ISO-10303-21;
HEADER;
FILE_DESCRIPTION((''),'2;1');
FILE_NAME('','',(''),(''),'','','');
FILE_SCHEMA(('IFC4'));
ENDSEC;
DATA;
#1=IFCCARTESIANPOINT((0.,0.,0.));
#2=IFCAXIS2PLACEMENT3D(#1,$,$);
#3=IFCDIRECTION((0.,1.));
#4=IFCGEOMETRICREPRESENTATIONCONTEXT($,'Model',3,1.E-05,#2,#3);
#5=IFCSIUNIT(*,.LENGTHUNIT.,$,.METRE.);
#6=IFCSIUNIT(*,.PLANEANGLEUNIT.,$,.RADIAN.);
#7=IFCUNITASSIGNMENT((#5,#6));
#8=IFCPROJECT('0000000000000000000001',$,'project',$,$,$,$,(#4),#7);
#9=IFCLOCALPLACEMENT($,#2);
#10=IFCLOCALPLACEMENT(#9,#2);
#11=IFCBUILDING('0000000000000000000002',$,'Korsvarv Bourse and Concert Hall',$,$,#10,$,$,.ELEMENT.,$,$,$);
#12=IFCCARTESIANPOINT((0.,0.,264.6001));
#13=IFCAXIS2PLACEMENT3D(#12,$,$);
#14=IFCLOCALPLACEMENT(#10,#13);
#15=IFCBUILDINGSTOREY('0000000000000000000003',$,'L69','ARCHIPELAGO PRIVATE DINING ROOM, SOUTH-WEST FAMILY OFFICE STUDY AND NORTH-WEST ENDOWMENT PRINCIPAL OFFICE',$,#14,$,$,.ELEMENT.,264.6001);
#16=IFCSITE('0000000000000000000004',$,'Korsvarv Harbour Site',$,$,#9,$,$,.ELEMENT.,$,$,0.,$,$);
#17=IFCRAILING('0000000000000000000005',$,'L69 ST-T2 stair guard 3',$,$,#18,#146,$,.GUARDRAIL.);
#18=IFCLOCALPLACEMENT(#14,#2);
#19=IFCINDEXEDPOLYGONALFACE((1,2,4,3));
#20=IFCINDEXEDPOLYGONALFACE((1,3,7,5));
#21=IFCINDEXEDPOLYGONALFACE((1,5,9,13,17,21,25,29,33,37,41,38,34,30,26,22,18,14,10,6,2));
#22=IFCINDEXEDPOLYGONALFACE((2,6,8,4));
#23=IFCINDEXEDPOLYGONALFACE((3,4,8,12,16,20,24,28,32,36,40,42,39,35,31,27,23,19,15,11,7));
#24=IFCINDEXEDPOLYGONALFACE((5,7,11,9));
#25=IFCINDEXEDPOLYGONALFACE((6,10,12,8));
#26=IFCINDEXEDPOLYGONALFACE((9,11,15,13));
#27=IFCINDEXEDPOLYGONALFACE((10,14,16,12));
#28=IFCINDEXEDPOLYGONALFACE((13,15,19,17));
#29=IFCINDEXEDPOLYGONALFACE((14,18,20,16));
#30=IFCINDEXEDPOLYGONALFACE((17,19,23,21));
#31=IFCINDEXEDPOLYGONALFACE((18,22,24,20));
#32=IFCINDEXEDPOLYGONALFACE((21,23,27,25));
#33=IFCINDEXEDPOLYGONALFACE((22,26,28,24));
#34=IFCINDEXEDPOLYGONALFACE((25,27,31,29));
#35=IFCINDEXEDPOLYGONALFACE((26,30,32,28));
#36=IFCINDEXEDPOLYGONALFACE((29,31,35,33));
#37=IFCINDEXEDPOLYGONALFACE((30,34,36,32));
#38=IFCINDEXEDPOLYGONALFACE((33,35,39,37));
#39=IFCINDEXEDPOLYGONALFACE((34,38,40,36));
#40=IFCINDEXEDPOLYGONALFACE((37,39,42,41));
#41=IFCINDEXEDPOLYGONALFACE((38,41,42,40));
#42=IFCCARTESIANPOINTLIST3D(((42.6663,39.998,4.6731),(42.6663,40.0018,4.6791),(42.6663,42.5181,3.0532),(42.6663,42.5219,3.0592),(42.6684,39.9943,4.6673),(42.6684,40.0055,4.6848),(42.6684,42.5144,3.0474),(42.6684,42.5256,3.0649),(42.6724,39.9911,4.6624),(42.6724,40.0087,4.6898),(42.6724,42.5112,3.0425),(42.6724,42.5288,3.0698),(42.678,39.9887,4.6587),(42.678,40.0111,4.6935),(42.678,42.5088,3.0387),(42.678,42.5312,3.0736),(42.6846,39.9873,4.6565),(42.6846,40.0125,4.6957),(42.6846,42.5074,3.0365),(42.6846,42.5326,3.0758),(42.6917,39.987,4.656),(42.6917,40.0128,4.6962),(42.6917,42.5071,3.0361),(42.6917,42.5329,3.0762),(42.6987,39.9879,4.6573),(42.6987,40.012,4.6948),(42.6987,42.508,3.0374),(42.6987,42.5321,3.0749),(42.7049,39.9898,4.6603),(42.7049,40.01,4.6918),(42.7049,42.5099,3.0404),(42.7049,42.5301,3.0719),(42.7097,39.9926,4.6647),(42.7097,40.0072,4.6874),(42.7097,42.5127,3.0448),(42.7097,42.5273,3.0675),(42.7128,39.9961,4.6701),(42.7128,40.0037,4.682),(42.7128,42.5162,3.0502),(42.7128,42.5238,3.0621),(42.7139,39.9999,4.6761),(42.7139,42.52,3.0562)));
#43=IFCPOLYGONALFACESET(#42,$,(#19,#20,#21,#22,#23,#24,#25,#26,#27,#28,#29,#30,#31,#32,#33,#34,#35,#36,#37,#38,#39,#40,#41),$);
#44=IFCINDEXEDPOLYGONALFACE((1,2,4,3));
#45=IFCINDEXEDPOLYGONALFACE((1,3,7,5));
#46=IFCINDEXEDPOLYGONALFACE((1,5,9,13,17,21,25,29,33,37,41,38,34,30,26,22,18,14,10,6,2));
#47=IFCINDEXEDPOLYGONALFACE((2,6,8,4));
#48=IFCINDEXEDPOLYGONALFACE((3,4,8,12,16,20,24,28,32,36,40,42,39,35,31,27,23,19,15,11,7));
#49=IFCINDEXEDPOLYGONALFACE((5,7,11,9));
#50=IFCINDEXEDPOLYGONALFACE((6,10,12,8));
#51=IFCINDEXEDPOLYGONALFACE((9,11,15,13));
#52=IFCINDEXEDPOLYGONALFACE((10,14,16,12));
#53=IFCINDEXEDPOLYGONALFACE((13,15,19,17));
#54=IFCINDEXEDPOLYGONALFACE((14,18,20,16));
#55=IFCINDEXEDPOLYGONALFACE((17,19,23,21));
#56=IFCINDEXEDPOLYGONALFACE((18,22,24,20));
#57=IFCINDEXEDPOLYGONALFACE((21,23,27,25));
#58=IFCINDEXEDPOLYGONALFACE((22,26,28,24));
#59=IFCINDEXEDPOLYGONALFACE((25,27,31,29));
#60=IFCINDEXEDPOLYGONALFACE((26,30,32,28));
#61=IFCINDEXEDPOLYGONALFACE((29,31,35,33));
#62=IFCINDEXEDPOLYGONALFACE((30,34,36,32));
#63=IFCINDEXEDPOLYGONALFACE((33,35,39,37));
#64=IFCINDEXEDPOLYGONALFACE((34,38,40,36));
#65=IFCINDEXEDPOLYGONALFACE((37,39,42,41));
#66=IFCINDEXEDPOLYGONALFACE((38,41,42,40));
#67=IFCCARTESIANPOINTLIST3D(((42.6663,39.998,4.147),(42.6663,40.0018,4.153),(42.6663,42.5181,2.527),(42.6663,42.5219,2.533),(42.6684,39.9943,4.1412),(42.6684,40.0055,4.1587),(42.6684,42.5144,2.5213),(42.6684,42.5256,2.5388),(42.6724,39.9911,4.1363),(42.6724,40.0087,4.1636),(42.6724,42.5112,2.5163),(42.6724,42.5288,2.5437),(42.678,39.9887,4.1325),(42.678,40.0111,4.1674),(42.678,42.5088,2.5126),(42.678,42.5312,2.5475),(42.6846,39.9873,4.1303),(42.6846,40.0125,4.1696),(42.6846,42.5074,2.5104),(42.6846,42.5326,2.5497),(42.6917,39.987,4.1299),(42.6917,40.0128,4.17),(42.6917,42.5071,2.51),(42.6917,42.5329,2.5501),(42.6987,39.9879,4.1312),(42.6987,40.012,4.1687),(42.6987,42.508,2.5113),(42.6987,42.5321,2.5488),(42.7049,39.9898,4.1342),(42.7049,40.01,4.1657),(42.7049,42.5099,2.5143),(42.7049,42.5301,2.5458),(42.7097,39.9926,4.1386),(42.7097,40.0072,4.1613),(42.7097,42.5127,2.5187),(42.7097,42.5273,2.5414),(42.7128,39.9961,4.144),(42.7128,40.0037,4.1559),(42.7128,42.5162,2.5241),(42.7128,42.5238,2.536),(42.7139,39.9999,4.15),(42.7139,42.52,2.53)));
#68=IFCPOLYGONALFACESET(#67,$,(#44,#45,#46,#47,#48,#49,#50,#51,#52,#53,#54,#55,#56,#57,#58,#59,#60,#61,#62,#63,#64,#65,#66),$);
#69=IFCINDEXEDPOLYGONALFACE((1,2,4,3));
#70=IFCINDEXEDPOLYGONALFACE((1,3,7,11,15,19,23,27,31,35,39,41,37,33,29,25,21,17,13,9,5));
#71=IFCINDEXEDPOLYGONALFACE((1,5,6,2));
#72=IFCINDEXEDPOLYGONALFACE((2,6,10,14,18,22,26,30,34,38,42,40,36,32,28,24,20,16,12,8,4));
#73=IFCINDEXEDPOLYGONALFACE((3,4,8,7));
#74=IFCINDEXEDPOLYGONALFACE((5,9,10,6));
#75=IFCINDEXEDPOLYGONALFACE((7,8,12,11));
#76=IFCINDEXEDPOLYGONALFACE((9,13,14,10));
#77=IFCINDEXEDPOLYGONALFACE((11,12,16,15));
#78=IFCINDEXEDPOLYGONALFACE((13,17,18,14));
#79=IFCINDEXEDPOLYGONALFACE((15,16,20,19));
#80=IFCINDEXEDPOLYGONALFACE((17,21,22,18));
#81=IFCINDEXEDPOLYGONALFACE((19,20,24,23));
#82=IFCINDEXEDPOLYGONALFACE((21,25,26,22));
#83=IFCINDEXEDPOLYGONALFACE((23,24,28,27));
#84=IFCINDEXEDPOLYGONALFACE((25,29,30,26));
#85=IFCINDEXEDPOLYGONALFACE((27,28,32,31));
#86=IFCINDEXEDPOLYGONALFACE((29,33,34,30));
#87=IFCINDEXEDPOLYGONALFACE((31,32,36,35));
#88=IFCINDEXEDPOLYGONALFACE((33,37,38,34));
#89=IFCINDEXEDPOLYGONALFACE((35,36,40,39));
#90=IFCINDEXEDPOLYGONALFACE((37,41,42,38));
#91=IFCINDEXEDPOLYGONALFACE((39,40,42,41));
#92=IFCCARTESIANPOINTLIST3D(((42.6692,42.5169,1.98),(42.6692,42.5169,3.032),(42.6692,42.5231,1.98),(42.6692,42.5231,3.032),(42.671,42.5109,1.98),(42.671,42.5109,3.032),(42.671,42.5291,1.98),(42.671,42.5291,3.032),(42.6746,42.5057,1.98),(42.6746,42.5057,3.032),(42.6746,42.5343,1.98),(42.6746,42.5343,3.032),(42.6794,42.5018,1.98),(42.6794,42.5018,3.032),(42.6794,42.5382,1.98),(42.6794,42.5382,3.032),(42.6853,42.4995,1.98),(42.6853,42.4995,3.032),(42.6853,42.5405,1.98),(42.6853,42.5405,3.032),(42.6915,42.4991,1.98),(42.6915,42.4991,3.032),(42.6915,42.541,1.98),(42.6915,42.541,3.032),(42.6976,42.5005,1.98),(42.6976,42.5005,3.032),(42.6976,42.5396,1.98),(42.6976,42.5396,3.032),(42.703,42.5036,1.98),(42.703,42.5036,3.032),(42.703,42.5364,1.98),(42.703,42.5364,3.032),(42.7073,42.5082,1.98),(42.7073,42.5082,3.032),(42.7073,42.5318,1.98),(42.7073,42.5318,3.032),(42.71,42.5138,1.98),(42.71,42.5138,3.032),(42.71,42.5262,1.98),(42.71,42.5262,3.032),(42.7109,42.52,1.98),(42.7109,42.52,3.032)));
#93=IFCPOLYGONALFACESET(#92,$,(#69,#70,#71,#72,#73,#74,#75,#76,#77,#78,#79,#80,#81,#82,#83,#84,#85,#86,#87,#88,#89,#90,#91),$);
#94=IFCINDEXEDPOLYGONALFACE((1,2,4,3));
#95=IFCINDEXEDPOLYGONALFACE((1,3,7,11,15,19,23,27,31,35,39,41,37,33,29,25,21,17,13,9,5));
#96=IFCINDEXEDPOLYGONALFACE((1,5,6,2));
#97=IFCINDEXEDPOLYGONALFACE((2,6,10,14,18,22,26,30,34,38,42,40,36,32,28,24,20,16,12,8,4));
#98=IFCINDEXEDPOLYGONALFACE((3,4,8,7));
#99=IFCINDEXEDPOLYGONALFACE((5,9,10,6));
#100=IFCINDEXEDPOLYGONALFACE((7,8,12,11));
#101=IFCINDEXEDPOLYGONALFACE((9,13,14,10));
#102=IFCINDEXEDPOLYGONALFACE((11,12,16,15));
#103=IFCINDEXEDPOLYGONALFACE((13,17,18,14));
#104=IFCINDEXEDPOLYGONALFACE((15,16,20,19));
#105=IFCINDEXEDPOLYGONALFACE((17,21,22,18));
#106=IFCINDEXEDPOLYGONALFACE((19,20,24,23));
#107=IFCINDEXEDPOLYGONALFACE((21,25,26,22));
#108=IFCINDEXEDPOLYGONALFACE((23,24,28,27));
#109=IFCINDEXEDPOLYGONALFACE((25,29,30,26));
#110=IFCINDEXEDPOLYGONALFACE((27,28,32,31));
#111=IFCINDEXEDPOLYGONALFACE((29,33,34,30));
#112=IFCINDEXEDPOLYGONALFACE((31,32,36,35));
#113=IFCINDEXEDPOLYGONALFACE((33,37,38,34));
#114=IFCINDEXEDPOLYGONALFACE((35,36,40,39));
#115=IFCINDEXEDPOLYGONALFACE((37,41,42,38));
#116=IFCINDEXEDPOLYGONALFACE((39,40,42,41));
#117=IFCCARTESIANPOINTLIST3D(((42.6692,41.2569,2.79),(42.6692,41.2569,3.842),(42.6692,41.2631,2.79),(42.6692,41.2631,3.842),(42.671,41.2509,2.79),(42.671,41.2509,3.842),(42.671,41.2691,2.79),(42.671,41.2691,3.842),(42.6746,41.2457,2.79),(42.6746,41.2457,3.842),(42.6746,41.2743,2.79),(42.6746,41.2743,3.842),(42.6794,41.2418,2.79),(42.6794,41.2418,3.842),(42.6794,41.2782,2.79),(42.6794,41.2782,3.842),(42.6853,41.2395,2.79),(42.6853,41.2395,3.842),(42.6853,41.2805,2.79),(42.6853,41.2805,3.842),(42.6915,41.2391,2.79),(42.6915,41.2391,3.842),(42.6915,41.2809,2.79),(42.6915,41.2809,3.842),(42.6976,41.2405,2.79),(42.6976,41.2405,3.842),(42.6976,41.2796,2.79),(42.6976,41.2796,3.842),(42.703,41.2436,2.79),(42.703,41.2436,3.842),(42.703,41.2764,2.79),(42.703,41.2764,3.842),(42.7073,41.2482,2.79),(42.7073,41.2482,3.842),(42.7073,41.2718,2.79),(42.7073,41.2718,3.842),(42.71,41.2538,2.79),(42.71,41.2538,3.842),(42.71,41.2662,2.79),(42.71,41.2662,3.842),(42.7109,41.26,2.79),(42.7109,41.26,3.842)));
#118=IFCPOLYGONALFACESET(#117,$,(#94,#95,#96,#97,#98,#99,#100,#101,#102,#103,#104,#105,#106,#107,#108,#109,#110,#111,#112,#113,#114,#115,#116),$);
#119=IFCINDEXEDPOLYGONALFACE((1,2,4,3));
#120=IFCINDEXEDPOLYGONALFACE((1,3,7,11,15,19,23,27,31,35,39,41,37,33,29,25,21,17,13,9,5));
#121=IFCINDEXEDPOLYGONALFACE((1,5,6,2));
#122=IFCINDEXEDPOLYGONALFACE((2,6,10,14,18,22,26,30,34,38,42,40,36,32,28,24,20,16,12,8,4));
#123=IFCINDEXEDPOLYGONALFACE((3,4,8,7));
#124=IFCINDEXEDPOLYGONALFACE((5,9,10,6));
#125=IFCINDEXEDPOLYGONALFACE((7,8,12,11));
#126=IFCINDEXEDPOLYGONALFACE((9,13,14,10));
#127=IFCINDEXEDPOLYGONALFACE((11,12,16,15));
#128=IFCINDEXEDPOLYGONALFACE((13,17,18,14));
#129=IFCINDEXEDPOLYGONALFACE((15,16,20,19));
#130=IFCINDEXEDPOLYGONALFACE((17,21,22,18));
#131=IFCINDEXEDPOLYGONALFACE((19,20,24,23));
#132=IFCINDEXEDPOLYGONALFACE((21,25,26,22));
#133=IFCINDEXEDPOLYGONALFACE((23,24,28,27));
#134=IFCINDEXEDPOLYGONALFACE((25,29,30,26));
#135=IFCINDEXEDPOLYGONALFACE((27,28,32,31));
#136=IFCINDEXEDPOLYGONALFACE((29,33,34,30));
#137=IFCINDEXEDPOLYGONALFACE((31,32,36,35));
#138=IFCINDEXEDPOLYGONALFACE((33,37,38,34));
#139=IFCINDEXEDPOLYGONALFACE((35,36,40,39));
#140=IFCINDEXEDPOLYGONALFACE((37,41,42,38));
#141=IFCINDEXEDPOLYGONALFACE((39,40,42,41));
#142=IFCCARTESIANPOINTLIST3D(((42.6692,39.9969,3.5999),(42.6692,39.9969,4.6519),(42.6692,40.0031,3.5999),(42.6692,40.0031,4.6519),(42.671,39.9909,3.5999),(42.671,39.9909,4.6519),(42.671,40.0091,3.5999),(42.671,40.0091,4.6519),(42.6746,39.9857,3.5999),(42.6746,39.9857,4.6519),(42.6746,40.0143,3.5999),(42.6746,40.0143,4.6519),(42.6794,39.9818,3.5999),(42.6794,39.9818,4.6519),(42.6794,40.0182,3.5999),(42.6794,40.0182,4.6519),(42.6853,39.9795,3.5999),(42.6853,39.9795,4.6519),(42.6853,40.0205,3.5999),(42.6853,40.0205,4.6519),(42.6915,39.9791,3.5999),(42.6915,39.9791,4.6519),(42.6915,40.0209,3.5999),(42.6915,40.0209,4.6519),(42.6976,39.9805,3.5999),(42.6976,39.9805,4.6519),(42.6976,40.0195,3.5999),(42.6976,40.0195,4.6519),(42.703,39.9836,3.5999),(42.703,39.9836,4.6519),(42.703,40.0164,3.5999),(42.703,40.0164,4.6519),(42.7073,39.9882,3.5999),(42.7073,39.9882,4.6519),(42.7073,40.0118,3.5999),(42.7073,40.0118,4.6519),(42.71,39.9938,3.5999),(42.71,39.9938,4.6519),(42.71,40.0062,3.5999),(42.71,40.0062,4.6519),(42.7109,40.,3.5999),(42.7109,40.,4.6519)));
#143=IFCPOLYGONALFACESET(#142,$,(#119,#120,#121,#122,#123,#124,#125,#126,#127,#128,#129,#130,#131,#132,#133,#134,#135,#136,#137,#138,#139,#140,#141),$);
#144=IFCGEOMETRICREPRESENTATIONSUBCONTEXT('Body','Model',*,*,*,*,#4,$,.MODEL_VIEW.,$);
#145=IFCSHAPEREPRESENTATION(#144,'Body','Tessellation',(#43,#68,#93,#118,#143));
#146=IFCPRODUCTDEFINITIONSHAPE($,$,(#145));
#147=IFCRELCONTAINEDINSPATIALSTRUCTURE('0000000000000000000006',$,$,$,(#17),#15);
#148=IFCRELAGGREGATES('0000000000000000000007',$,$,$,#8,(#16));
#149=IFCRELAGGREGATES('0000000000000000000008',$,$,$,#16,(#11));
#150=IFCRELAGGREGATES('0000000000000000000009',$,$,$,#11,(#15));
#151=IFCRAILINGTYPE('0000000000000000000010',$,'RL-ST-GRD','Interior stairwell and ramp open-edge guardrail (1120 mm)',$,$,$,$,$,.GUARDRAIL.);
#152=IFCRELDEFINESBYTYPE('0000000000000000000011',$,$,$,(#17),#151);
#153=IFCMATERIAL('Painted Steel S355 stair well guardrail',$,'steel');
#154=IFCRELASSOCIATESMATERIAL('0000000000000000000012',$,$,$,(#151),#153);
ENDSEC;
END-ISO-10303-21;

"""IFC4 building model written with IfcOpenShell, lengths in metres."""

from ifc_helpers import new_model, si_unit, direction, frame, origin, origin_2d, place, context, subcontext, project, spatial, circle, extrude, material, type_object, element, save


model = new_model("IFC4")

# Units and contexts
model_context = context("Model", 3, precision=1e-05, world=origin(), true_north=direction((0.0, 1.0)))
body_context = subcontext(model_context, "Body", "Model", "MODEL_VIEW")
ifc_project = project(units=[si_unit("LENGTHUNIT", "METRE"), si_unit("PLANEANGLEUNIT", "RADIAN")], contexts=[model_context])

# Site, building, storey
site_placement = place(None, origin())
site = spatial("IfcSite", under=ifc_project, at=site_placement, Name="Korsvarv Harbour Site", CompositionType="ELEMENT", RefElevation=0.0)
building_placement = place(site_placement, origin())
building = spatial("IfcBuilding", under=site, at=building_placement, Name="Korsvarv Bourse and Concert Hall", CompositionType="ELEMENT")
storey_placement = place(building_placement, frame((0.0, 0.0, 264.6001)))
storey = spatial("IfcBuildingStorey", under=building, at=storey_placement, Name="L69", Description="ARCHIPELAGO PRIVATE DINING ROOM, SOUTH-WEST FAMILY OFFICE STUDY AND NORTH-WEST ENDOWMENT PRINCIPAL OFFICE", CompositionType="ELEMENT", Elevation=264.6001)

# Railing
ifc_material_1 = material(Name="Painted Steel S355 stair well guardrail", Category="steel")
railing_type_1 = type_object("IfcRailingType", Name="RL-ST-GRD", Description="Interior stairwell and ramp open-edge guardrail (1120 mm)", PredefinedType="GUARDRAIL", material=ifc_material_1)
railing_1_placement = place(storey_placement, frame((42.6899, 42.52, 1.98)))
element("IfcRailing", 1, at=railing_1_placement, inside=storey, type_object=railing_type_1, Name="L69 ST-T2 stair guard 3", PredefinedType="GUARDRAIL", context=body_context, shape_type="SweptSolid", body=[
    extrude(circle(Radius=0.0239, at=origin_2d()), frame((0.0, 0.0, 1.0762), z_axis=(0.0, -0.8412, 0.540725), x_axis=(1.0, 0.0, 0.0)), (0.0, 0.0, 1.0), 2.9958),
    extrude(circle(Radius=0.0239, at=origin_2d()), frame((0.0, 0.0, 0.55), z_axis=(0.0, -0.8412, 0.540725), x_axis=(1.0, 0.0, 0.0)), (0.0, 0.0, 1.0), 2.9958),
    extrude(circle(Radius=0.021, at=origin_2d()), origin(), (0.0, 0.0, 1.0), 1.052),
    extrude(circle(Radius=0.021, at=origin_2d()), frame((0.0, -1.26, 0.8101)), (0.0, 0.0, 1.0), 1.052),
    extrude(circle(Radius=0.021, at=origin_2d()), frame((0.0, -2.52, 1.6199)), (0.0, 0.0, 1.0), 1.052),
])

save(model, "model.ifc")
